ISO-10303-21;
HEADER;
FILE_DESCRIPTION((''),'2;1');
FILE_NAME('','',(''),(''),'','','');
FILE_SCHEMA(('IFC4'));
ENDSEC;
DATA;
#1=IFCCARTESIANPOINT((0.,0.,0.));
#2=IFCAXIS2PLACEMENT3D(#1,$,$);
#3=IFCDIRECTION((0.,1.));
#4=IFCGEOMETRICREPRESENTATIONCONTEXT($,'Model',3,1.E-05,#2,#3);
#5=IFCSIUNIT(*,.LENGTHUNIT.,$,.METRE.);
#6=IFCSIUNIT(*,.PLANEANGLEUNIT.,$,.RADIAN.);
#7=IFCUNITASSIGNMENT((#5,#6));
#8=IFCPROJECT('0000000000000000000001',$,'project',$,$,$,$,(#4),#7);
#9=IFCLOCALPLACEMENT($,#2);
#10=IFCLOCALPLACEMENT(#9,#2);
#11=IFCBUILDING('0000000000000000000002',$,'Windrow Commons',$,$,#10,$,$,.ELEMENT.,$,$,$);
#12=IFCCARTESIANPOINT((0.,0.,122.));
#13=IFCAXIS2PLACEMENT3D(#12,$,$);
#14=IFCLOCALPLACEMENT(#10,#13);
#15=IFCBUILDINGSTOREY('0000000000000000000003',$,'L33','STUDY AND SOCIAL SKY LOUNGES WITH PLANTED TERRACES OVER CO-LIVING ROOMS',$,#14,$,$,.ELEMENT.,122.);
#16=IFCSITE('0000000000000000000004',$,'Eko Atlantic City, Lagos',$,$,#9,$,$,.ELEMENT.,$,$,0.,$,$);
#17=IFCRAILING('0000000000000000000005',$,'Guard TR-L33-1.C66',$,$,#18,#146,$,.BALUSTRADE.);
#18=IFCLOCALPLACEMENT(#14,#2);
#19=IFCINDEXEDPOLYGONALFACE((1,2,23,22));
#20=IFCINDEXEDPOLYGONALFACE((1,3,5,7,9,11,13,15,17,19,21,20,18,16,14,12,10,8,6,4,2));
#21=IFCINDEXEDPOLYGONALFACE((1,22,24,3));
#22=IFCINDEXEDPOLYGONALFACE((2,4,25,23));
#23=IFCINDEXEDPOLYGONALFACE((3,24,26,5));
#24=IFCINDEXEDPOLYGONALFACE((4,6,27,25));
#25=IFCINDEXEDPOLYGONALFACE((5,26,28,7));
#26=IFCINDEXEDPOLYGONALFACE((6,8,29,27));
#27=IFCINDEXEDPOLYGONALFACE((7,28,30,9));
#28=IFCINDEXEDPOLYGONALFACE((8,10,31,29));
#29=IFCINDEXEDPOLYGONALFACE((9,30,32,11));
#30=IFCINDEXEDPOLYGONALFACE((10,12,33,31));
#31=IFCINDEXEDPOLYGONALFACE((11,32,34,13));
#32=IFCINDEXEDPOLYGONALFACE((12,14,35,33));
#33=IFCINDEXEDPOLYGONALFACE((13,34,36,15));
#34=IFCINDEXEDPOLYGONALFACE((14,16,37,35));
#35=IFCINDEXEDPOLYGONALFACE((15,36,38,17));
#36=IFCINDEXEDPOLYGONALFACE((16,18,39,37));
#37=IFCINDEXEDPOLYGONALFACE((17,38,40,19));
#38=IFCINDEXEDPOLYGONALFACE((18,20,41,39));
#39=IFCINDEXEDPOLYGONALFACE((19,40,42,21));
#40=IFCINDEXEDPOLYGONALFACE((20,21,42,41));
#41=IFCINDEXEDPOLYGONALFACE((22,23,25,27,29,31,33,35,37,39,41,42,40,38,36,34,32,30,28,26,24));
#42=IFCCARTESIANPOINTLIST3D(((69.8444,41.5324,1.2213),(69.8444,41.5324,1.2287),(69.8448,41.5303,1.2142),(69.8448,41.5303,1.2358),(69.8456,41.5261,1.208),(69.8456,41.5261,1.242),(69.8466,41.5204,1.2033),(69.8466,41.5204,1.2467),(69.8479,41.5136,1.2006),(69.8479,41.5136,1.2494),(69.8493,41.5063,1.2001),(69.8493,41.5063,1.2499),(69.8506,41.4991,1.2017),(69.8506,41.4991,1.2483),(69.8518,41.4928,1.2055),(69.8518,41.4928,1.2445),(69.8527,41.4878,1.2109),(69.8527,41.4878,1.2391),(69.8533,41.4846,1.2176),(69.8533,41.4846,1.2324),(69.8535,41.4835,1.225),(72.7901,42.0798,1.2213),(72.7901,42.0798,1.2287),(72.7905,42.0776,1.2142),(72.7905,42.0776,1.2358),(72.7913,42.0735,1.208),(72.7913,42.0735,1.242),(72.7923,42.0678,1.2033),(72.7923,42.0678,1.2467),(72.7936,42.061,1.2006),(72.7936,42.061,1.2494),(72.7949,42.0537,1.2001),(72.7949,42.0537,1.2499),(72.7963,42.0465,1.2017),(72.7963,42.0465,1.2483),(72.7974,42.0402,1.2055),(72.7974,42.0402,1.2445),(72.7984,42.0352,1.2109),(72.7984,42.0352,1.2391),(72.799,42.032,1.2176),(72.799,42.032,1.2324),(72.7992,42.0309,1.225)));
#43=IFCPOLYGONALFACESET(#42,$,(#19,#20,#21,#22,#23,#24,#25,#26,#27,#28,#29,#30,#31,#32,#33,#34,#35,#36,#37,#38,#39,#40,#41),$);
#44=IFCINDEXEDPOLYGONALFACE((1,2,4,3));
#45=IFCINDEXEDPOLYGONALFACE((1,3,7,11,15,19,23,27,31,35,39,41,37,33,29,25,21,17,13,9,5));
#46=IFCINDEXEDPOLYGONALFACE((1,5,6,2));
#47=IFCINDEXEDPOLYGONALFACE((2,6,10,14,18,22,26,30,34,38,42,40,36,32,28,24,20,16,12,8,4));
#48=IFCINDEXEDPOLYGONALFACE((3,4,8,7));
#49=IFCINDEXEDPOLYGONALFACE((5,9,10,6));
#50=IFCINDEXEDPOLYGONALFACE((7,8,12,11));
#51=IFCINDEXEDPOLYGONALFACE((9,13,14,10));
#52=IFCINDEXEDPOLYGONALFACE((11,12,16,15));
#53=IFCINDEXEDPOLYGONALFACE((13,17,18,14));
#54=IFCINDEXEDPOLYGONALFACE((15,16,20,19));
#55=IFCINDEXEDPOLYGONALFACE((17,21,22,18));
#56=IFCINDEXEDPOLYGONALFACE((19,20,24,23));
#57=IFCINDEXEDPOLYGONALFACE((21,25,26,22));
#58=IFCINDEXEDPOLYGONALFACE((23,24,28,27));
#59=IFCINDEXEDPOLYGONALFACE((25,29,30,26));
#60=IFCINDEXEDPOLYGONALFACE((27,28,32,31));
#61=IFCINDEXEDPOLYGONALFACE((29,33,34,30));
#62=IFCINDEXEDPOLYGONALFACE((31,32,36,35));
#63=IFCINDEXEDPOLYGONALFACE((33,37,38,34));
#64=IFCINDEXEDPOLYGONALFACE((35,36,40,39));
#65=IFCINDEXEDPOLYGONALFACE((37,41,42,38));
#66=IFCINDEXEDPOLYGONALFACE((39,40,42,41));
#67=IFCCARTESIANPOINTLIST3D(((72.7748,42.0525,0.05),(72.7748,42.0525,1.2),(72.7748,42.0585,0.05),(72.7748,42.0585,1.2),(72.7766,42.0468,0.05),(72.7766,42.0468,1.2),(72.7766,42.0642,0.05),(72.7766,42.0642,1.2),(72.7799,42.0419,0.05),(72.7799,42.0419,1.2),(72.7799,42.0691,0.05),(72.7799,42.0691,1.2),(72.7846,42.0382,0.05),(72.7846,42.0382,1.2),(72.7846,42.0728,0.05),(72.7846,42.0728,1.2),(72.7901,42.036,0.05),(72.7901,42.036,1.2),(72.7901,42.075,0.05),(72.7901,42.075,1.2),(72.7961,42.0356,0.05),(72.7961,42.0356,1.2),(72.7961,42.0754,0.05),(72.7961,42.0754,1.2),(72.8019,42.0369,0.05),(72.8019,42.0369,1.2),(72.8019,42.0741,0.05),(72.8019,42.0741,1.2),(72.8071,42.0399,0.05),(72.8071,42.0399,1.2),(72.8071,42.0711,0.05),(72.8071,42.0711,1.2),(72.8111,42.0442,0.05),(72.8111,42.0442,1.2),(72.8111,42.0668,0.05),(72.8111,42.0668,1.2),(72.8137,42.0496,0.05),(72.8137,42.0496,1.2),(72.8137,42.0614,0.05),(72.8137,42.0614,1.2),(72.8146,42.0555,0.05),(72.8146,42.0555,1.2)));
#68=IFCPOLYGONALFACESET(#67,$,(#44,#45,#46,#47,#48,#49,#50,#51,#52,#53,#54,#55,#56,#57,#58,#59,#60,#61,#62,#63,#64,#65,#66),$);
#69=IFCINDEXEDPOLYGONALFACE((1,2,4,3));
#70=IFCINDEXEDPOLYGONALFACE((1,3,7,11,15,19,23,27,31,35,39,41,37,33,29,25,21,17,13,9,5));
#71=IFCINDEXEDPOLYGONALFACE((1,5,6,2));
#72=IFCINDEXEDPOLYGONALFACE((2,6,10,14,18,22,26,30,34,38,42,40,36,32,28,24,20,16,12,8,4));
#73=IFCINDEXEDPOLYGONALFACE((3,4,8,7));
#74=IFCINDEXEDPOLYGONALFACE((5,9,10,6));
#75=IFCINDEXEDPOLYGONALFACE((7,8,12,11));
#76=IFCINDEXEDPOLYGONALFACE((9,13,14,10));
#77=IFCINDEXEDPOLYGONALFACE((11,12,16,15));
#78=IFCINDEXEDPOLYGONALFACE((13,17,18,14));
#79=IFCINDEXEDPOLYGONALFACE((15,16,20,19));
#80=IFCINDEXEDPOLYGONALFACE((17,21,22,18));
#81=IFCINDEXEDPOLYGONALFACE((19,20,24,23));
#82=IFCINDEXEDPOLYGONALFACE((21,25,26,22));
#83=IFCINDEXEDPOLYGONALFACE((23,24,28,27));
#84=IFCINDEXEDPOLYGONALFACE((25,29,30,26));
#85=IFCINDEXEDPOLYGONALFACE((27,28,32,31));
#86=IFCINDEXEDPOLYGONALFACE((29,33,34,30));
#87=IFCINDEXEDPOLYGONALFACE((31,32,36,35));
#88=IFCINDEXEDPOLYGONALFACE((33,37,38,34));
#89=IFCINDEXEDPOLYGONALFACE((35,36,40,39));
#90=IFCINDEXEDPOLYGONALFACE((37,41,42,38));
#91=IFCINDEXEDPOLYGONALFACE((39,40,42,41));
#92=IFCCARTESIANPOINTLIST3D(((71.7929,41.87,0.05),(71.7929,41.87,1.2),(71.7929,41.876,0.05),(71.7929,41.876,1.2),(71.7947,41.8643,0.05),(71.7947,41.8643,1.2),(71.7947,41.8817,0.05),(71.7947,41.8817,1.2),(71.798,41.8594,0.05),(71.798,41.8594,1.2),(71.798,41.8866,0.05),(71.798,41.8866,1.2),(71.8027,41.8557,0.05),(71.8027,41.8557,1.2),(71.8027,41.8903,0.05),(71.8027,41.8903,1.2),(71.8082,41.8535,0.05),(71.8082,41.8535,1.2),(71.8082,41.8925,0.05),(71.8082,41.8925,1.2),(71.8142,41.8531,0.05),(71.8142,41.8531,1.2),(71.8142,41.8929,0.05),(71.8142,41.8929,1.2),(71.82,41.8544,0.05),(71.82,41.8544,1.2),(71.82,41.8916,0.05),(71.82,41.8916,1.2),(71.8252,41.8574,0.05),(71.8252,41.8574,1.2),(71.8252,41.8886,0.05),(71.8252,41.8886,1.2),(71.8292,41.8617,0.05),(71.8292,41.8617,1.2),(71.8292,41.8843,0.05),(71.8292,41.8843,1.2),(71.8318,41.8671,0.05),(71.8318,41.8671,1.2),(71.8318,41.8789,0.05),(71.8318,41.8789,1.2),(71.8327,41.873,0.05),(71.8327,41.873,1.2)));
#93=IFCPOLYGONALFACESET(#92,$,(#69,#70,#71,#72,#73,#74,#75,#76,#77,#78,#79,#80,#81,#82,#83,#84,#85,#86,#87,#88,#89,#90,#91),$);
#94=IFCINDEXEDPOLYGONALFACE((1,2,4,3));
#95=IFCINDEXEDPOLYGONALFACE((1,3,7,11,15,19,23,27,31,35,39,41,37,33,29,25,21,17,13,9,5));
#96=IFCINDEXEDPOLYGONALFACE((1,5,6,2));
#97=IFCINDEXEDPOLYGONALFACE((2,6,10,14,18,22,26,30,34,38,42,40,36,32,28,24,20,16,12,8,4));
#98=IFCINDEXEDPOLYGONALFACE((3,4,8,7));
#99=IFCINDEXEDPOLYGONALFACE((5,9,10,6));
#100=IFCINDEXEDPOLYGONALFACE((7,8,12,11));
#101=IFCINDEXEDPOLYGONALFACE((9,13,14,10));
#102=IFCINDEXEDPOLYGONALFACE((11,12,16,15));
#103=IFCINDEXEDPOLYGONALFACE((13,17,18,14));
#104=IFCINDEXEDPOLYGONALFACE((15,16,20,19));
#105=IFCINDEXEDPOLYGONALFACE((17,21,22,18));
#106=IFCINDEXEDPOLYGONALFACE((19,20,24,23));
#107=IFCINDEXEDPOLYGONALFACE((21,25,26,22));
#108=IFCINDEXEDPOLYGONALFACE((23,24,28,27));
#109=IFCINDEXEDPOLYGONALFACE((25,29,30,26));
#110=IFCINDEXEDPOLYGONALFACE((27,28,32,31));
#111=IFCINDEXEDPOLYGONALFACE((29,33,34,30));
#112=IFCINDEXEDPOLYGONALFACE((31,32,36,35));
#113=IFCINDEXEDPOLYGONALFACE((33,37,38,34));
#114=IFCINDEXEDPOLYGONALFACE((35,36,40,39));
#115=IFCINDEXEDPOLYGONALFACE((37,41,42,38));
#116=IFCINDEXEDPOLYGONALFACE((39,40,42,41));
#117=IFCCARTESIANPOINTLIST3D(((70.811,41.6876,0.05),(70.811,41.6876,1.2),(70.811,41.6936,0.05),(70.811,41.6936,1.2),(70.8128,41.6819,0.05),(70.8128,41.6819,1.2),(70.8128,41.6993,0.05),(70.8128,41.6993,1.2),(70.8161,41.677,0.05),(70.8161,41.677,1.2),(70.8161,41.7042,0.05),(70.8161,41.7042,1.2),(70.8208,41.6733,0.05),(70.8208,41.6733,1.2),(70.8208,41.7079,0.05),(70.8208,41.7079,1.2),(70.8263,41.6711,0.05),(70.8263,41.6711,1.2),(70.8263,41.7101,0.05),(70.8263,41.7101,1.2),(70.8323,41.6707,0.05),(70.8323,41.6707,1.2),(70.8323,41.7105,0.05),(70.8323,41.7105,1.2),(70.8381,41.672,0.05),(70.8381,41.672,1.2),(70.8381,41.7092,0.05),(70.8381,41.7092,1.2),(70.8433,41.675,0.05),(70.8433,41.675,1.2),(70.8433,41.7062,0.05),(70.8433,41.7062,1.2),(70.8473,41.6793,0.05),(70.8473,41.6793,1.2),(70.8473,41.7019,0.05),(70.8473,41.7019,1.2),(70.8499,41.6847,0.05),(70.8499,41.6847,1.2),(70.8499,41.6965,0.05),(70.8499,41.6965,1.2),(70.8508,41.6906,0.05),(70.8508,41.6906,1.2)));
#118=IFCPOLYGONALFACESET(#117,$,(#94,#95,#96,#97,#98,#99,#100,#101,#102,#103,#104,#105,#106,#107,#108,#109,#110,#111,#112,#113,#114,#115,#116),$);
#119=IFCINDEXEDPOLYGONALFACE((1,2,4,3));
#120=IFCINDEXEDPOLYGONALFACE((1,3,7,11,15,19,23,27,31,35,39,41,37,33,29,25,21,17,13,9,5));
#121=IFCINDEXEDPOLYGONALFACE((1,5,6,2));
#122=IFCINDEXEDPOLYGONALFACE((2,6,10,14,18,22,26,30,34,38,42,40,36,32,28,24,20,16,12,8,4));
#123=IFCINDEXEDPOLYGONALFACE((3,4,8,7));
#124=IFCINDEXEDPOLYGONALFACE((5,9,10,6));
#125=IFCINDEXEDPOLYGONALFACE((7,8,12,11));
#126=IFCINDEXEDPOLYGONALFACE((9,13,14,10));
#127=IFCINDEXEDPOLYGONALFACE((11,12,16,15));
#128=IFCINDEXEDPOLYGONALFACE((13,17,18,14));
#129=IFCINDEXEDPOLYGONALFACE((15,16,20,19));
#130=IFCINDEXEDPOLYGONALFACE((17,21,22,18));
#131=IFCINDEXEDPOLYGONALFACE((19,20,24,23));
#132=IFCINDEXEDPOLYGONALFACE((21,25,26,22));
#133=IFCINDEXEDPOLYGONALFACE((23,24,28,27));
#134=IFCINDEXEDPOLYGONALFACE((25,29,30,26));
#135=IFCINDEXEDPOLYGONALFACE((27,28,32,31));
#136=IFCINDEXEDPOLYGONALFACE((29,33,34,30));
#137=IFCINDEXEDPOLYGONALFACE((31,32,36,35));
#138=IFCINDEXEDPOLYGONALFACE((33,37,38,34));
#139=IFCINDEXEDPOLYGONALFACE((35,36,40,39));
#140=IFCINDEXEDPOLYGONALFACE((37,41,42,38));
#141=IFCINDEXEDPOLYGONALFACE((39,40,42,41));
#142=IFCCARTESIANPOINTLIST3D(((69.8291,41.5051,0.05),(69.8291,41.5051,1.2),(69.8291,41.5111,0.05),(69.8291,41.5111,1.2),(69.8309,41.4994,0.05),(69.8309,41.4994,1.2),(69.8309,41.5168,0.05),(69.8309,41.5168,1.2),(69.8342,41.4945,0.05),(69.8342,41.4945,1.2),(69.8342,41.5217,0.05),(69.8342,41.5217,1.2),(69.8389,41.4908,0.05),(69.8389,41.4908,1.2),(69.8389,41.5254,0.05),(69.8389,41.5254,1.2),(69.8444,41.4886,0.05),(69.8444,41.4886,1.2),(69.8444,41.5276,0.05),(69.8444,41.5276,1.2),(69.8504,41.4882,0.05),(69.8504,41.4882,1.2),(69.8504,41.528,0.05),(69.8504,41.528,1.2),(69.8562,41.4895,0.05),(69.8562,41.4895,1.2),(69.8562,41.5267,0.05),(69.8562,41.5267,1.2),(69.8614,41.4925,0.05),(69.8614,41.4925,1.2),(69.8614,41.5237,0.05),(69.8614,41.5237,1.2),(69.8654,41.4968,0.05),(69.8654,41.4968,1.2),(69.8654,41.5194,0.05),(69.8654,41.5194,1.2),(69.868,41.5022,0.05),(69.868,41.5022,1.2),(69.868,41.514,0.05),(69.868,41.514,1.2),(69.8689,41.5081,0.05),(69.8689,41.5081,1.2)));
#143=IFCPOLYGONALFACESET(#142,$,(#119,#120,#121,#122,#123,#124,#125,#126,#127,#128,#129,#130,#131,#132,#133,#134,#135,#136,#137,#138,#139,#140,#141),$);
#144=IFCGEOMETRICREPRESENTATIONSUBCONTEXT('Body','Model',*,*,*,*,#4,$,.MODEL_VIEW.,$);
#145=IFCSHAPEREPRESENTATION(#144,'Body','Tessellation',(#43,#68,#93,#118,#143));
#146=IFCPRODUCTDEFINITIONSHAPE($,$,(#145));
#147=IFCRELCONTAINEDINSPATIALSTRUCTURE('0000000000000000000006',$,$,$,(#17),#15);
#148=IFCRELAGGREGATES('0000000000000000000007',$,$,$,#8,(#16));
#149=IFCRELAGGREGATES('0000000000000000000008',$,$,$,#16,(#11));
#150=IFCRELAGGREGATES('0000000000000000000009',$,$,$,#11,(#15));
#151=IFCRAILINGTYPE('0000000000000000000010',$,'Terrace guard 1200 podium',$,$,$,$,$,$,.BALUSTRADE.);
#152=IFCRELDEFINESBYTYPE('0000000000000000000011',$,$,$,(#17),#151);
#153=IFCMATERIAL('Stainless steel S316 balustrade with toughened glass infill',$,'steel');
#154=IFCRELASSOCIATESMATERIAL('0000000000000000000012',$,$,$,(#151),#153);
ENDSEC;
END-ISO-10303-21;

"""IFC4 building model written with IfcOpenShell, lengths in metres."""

from ifc_helpers import new_model, si_unit, direction, frame, origin, origin_2d, place, context, subcontext, project, spatial, circle, extrude, material, type_object, element, save


model = new_model("IFC4")

# Units and contexts
model_context = context("Model", 3, precision=1e-05, world=origin(), true_north=direction((0.0, 1.0)))
body_context = subcontext(model_context, "Body", "Model", "MODEL_VIEW")
ifc_project = project(units=[si_unit("LENGTHUNIT", "METRE"), si_unit("PLANEANGLEUNIT", "RADIAN")], contexts=[model_context])

# Site, building, storey
site_placement = place(None, origin())
site = spatial("IfcSite", under=ifc_project, at=site_placement, Name="Eko Atlantic City, Lagos", CompositionType="ELEMENT", RefElevation=0.0)
building_placement = place(site_placement, origin())
building = spatial("IfcBuilding", under=site, at=building_placement, Name="Windrow Commons", CompositionType="ELEMENT")
storey_placement = place(building_placement, frame((0.0, 0.0, 122.0)))
storey = spatial("IfcBuildingStorey", under=building, at=storey_placement, Name="L33", Description="STUDY AND SOCIAL SKY LOUNGES WITH PLANTED TERRACES OVER CO-LIVING ROOMS", CompositionType="ELEMENT", Elevation=122.0)

# Railing
ifc_material_1 = material(Name="Stainless steel S316 balustrade with toughened glass infill", Category="steel")
railing_type_1 = type_object("IfcRailingType", Name="Terrace guard 1200 podium", PredefinedType="BALUSTRADE", material=ifc_material_1)
railing_1_placement = place(storey_placement, frame((72.7946, 42.0555, 0.05)))
element("IfcRailing", 1, at=railing_1_placement, inside=storey, type_object=railing_type_1, Name="Guard TR-L33-1.C66", PredefinedType="BALUSTRADE", context=body_context, shape_type="SweptSolid", body=[
    extrude(circle(Radius=0.025, at=origin_2d()), frame((0.0, 0.0, 1.175), z_axis=(-0.983168, -0.182702, 0.0), x_axis=(0.182702, -0.983168, 0.0)), (0.0, 0.0, 1.0), 2.9961),
    extrude(circle(Radius=0.02, at=origin_2d()), origin(), (0.0, 0.0, 1.0), 1.15),
    extrude(circle(Radius=0.02, at=origin_2d()), frame((-0.9819, -0.1825, 0.0)), (0.0, 0.0, 1.0), 1.15),
    extrude(circle(Radius=0.02, at=origin_2d()), frame((-1.9638, -0.3649, 0.0)), (0.0, 0.0, 1.0), 1.15),
    extrude(circle(Radius=0.02, at=origin_2d()), frame((-2.9457, -0.5474, 0.0)), (0.0, 0.0, 1.0), 1.15),
])

save(model, "model.ifc")
